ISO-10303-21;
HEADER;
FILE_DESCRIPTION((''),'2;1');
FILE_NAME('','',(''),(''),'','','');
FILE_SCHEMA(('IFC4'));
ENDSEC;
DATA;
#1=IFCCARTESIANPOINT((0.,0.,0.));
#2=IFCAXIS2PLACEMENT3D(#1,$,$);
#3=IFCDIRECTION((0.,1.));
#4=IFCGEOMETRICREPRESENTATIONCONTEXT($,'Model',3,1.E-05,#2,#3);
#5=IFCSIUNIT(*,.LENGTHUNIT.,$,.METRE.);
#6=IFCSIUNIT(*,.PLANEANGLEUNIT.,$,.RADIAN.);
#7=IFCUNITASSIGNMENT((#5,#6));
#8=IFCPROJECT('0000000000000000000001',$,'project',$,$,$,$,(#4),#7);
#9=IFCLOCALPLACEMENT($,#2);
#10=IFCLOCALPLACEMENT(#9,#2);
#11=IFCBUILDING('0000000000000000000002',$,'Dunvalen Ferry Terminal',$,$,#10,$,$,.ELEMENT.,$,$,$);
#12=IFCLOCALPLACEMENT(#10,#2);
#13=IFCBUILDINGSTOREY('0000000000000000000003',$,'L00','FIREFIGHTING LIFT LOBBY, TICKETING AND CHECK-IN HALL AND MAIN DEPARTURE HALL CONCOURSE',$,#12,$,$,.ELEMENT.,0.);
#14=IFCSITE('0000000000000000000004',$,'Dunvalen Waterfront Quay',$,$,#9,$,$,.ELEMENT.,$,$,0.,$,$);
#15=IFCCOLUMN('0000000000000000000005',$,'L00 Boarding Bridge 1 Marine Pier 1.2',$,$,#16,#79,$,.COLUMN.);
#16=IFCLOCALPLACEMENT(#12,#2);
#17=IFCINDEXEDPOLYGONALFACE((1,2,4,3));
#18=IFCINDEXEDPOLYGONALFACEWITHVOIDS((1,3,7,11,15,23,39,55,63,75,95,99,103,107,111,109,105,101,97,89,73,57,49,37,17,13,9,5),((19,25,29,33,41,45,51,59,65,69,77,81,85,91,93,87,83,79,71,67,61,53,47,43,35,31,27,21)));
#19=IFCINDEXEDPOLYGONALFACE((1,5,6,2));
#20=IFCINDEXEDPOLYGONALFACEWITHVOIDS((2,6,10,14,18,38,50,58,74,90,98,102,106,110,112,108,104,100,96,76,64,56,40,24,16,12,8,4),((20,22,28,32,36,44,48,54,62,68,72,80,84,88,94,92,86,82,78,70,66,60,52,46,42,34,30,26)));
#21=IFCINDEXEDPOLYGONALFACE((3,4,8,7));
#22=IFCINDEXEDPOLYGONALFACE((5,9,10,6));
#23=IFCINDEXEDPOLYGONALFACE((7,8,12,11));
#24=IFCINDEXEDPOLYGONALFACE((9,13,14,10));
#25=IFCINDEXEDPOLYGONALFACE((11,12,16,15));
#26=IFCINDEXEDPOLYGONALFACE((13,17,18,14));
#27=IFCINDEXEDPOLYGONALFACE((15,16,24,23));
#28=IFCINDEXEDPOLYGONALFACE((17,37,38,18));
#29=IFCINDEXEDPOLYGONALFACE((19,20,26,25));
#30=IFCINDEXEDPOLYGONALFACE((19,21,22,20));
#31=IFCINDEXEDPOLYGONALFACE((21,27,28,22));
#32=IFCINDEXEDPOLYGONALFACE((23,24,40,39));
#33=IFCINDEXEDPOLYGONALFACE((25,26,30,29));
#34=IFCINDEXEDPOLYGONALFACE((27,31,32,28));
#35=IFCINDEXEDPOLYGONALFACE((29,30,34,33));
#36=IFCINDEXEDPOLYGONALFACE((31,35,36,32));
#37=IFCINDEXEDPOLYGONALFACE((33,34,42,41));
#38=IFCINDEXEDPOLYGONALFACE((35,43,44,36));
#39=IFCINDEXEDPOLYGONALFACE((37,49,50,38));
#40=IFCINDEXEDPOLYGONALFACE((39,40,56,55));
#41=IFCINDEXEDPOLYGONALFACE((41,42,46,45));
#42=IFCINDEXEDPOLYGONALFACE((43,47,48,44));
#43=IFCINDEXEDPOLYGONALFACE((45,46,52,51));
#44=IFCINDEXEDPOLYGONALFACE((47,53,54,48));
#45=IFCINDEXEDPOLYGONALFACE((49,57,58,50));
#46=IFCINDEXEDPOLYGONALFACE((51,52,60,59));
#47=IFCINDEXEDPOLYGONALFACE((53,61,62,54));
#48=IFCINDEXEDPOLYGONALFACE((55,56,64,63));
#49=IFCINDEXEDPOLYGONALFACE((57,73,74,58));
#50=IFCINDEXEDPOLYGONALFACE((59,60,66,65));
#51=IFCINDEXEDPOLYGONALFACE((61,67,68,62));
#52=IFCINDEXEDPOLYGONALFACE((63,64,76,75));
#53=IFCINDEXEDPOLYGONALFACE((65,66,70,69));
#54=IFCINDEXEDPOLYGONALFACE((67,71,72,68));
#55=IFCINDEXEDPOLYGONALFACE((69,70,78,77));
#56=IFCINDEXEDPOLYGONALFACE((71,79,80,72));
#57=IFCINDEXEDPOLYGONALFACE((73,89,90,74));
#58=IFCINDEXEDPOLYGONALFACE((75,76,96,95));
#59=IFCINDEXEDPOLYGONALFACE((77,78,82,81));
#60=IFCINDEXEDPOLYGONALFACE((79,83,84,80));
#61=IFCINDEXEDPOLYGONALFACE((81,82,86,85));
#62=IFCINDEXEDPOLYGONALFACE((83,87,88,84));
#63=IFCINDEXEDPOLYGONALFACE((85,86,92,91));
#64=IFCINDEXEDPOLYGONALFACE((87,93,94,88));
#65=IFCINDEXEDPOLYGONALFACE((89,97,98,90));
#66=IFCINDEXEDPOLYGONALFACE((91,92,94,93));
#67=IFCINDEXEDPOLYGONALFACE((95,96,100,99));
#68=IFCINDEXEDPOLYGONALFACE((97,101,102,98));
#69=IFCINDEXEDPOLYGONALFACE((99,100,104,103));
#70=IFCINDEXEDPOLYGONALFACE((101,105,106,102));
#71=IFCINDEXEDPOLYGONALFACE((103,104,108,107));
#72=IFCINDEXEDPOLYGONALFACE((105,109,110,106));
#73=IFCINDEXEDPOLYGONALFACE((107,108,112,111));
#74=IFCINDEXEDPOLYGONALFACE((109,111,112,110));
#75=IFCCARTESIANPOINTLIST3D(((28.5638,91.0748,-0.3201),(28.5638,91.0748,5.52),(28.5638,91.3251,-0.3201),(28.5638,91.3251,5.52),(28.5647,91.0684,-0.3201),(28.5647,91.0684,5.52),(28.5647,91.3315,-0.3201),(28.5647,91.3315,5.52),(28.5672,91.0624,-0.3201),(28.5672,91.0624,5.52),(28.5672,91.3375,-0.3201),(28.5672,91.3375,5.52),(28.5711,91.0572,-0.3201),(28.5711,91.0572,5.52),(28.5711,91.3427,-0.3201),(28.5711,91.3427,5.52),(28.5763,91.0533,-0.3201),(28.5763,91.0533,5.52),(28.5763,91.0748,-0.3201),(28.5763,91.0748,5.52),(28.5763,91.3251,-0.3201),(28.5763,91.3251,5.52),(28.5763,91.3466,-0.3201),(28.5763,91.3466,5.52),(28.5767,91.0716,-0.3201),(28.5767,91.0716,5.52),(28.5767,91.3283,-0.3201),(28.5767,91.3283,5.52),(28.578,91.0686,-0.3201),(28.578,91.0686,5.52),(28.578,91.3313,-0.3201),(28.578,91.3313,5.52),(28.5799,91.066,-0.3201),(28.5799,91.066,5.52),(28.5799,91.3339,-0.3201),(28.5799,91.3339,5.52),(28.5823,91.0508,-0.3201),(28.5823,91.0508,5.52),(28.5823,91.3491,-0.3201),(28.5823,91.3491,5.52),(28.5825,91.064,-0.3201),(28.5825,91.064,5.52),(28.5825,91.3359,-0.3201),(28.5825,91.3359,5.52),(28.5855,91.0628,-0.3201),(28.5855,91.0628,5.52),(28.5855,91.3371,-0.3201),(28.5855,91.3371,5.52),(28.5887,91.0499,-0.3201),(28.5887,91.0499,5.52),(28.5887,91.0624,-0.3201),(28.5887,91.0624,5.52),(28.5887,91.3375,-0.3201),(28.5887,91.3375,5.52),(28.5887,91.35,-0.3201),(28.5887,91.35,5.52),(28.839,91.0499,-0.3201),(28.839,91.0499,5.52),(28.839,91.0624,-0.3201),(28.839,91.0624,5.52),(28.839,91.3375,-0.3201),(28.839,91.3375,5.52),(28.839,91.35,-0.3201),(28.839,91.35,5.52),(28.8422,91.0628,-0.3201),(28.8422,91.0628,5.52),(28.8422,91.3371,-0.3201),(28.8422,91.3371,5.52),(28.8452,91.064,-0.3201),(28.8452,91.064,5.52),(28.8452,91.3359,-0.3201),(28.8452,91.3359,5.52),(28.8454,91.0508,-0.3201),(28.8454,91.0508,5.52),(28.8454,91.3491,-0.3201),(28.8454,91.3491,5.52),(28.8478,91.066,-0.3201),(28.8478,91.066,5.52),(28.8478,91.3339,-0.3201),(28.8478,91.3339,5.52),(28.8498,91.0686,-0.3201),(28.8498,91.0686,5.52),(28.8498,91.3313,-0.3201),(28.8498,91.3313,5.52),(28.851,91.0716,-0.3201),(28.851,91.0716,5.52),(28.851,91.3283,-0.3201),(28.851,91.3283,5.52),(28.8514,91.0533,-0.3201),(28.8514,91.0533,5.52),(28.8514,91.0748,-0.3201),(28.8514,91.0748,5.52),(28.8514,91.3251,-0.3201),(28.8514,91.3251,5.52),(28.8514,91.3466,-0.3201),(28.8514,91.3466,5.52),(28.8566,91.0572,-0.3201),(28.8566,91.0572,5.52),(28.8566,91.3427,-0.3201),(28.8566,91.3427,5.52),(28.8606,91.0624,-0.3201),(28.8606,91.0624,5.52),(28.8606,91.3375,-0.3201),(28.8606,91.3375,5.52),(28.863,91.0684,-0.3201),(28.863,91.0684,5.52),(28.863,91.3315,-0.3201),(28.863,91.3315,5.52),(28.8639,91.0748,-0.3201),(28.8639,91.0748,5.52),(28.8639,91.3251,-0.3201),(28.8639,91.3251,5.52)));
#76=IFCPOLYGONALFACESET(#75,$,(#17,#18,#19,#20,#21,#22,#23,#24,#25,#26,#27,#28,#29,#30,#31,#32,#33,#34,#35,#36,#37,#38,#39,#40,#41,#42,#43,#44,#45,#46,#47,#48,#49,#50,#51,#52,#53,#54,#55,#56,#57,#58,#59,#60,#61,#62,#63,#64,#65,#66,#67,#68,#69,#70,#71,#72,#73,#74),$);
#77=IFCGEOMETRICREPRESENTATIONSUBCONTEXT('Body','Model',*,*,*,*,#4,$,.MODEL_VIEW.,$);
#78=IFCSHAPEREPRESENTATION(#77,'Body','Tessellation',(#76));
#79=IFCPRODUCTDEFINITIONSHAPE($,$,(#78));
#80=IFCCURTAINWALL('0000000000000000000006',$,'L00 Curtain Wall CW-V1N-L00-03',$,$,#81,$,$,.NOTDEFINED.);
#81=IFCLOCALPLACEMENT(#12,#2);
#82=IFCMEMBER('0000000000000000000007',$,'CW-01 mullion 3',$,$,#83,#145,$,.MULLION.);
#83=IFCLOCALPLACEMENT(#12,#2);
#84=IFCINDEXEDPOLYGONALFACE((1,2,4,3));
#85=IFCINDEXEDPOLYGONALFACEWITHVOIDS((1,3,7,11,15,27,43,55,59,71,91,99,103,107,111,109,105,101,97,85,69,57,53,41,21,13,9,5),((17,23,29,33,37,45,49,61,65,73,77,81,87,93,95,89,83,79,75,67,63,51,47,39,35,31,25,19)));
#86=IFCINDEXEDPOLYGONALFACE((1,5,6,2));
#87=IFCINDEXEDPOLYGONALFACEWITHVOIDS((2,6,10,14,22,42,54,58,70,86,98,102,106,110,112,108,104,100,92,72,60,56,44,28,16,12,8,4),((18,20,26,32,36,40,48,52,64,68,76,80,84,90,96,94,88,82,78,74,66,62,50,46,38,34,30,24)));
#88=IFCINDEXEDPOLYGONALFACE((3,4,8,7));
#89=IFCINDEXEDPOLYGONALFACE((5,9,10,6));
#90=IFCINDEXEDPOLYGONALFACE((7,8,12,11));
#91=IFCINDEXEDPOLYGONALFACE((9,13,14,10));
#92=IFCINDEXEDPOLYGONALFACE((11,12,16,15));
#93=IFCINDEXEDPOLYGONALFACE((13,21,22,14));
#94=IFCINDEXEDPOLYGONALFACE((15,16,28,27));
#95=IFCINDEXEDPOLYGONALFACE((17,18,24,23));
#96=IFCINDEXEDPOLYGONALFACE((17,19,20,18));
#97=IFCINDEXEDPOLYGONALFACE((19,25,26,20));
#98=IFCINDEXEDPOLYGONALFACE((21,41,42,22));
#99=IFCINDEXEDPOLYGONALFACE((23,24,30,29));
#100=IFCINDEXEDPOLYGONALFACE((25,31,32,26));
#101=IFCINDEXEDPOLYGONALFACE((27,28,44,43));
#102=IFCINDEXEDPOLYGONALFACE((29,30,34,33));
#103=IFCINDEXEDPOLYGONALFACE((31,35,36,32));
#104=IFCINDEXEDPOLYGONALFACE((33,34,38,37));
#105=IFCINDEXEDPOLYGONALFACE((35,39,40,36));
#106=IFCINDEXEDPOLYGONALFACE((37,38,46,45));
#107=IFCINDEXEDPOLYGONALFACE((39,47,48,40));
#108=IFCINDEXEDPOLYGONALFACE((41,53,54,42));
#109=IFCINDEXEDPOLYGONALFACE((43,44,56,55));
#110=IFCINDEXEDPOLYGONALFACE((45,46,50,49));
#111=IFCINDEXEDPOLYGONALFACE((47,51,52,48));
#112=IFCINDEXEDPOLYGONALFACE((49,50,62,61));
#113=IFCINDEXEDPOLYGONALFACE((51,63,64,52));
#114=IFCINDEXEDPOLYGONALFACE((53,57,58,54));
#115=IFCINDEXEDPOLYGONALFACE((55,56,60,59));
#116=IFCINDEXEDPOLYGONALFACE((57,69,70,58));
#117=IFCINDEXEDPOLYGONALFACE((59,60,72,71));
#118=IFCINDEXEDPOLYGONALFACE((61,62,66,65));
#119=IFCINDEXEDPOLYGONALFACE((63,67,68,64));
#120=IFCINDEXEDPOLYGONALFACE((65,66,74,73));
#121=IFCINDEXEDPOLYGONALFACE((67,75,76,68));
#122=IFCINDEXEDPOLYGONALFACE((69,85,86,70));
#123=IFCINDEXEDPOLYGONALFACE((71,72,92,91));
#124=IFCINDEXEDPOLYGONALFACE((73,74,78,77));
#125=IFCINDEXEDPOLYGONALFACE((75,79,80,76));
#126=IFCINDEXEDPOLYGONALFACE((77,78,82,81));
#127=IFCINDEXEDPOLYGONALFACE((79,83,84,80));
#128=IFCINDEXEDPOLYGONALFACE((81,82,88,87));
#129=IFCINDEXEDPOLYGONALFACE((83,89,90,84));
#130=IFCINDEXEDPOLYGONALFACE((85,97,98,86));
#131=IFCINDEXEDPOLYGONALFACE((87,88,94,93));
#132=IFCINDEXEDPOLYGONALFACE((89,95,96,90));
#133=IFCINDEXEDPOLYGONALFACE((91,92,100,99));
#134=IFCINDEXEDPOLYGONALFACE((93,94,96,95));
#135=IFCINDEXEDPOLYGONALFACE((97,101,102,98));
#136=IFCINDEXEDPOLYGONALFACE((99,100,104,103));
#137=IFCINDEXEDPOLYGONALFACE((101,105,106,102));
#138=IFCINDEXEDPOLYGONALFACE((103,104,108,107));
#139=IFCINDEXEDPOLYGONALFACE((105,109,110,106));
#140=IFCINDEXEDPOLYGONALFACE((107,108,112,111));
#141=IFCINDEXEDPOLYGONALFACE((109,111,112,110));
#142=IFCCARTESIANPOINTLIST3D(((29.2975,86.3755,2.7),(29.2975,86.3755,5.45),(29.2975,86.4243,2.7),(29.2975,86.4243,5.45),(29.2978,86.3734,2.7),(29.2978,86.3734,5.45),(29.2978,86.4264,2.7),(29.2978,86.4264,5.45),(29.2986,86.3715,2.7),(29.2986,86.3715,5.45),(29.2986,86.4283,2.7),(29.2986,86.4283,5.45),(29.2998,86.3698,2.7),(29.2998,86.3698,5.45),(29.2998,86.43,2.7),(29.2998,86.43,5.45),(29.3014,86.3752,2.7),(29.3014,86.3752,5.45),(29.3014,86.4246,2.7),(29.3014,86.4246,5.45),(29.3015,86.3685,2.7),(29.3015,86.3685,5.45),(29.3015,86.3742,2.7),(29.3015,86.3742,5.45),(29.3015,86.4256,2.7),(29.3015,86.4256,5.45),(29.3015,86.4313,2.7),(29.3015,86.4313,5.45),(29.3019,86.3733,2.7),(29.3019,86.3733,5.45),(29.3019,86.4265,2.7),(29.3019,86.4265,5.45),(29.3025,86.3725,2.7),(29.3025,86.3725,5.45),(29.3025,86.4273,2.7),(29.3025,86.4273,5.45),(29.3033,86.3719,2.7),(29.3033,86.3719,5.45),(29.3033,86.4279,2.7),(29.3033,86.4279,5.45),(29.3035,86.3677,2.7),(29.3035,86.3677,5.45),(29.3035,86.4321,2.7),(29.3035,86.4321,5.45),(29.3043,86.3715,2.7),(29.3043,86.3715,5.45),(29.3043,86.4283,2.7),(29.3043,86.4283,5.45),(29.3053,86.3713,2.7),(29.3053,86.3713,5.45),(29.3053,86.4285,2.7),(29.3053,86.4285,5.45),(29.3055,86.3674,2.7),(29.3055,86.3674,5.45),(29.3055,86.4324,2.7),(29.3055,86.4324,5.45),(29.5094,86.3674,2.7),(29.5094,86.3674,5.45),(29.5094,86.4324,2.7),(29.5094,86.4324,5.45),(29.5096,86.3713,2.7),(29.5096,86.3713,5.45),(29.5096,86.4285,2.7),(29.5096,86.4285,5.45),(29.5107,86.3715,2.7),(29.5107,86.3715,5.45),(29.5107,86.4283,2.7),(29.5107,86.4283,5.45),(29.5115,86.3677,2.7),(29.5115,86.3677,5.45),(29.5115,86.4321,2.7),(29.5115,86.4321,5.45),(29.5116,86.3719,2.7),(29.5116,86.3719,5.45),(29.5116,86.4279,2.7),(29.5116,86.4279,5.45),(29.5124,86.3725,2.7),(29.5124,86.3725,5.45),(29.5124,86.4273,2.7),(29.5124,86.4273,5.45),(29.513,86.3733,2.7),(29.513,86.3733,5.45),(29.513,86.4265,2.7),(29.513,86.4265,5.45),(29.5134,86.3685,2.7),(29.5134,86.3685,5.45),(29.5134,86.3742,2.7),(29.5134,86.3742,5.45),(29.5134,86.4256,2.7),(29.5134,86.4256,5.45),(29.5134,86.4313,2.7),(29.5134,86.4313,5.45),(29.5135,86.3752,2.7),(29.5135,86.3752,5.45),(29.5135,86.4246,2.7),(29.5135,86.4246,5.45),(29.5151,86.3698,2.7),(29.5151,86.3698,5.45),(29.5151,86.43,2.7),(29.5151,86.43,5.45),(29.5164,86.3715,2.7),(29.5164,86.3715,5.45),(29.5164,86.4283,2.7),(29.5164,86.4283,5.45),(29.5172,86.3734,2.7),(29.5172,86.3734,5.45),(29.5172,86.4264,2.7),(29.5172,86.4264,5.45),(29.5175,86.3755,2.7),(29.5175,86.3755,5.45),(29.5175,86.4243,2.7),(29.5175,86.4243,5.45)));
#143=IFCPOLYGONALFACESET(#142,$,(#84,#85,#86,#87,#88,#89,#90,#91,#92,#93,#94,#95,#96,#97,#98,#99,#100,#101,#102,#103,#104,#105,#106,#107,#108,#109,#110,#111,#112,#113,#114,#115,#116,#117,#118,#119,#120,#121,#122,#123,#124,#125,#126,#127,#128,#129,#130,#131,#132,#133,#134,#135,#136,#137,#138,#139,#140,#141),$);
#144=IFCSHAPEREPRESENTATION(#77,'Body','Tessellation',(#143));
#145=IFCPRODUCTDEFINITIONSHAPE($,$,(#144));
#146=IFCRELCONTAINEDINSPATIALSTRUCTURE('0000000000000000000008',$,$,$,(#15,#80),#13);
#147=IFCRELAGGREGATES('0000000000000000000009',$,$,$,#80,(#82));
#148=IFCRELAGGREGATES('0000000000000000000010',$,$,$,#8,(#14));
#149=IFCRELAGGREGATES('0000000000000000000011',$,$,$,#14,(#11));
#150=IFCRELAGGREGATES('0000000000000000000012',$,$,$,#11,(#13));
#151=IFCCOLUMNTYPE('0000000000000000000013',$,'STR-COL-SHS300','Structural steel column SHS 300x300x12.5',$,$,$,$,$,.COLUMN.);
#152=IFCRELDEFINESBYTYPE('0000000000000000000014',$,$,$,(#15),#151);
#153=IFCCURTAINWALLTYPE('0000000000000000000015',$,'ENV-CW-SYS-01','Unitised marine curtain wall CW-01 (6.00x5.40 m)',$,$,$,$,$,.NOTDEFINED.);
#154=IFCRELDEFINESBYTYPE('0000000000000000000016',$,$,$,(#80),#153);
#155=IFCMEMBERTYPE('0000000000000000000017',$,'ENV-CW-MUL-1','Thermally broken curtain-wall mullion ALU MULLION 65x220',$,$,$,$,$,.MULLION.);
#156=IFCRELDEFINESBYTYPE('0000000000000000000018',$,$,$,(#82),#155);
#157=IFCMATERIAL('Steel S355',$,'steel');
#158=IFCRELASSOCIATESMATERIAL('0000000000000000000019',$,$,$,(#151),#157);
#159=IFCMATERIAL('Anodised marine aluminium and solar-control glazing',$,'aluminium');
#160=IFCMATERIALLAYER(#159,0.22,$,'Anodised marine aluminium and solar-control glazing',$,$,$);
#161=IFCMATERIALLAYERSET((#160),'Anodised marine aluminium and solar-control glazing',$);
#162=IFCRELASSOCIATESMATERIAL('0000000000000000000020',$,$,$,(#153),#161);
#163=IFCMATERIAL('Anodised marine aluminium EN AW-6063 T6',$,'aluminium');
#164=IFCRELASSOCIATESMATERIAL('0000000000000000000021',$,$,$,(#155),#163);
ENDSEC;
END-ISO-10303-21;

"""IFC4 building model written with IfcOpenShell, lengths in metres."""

from ifc_helpers import new_model, si_unit, direction, frame, origin, origin_2d, place, context, subcontext, project, spatial, hollow_rectangle, extrude, material, layer, layer_set, material_profile, profile_set, type_object, element, aggregate, save


model = new_model("IFC4")

# Units and contexts
model_context = context("Model", 3, precision=1e-05, world=origin(), true_north=direction((0.0, 1.0)))
body_context = subcontext(model_context, "Body", "Model", "MODEL_VIEW")
ifc_project = project(units=[si_unit("LENGTHUNIT", "METRE"), si_unit("PLANEANGLEUNIT", "RADIAN")], contexts=[model_context])

# Site, building, storey
site_placement = place(None, origin())
site = spatial("IfcSite", under=ifc_project, at=site_placement, Name="Dunvalen Waterfront Quay", CompositionType="ELEMENT", RefElevation=0.0)
building_placement = place(site_placement, origin())
building = spatial("IfcBuilding", under=site, at=building_placement, Name="Dunvalen Ferry Terminal", CompositionType="ELEMENT")
storey_placement = place(building_placement, origin())
storey = spatial("IfcBuildingStorey", under=building, at=storey_placement, Name="L00", Description="FIREFIGHTING LIFT LOBBY, TICKETING AND CHECK-IN HALL AND MAIN DEPARTURE HALL CONCOURSE", CompositionType="ELEMENT", Elevation=0.0)

# Column
ifc_material_1 = material(Name="Steel S355", Category="steel")
ifc_material_profile_1 = material_profile(ifc_material_1, hollow_rectangle(XDim=0.3, YDim=0.3, WallThickness=0.0125, InnerFilletRadius=0.0125, OuterFilletRadius=0.0249, at=origin_2d()), Name="Steel S355")
ifc_profile_set_1 = profile_set([ifc_material_profile_1], Name="Steel S355")
column_type_1 = type_object("IfcColumnType", Name="STR-COL-SHS300", Description="Structural steel column SHS 300x300x12.5", PredefinedType="COLUMN", material=ifc_profile_set_1)
column_1_placement = place(storey_placement, frame((28.7139, 91.2, -0.3201), z_axis=(0.0, 0.0, 1.0), x_axis=(1.0, 0.0, 0.0)))
element("IfcColumn", 1, at=column_1_placement, inside=storey, type_object=column_type_1, Name="L00 Boarding Bridge 1 Marine Pier 1.2", PredefinedType="COLUMN", context=body_context, shape_type="SweptSolid", body=[
    extrude(hollow_rectangle(XDim=0.3, YDim=0.3, WallThickness=0.0125, InnerFilletRadius=0.0125, OuterFilletRadius=0.0249, at=origin_2d()), origin(), (0.0, 0.0, 1.0), 5.8401),
])

# Curtain wall, member
ifc_material_2 = material(Name="Anodised marine aluminium and solar-control glazing", Category="aluminium")
ifc_layer_1 = layer(ifc_material_2, 0.22, Name="Anodised marine aluminium and solar-control glazing")
ifc_layer_set_1 = layer_set([ifc_layer_1], Name="Anodised marine aluminium and solar-control glazing")
curtain_wall_type = type_object("IfcCurtainWallType", Name="ENV-CW-SYS-01", Description="Unitised marine curtain wall CW-01 (6.00x5.40 m)", PredefinedType="NOTDEFINED", material=ifc_layer_set_1)
curtain_wall_1_placement = place(storey_placement, origin())
curtain_wall_1 = element("IfcCurtainWall", 2, at=curtain_wall_1_placement, inside=storey, type_object=curtain_wall_type, Name="L00 Curtain Wall CW-V1N-L00-03", PredefinedType="NOTDEFINED")
ifc_material_3 = material(Name="Anodised marine aluminium EN AW-6063 T6", Category="aluminium")
ifc_material_profile_2 = material_profile(ifc_material_3, hollow_rectangle(XDim=0.0649, YDim=0.22, WallThickness=0.0039, InnerFilletRadius=0.0039, OuterFilletRadius=0.0081, at=origin_2d()), Name="Anodised marine aluminium EN AW-6063 T6")
ifc_profile_set_2 = profile_set([ifc_material_profile_2], Name="Anodised marine aluminium EN AW-6063 T6")
member_type_1 = type_object("IfcMemberType", Name="ENV-CW-MUL-1", Description="Thermally broken curtain-wall mullion ALU MULLION 65x220", PredefinedType="MULLION", material=ifc_profile_set_2)
member_1_placement = place(storey_placement, frame((29.4075, 86.3999, 2.7), z_axis=(0.0, 0.0, 1.0), x_axis=(0.0, 1.0, 0.0)))
member_1 = element("IfcMember", 3, at=member_1_placement, type_object=member_type_1, Name="CW-01 mullion 3", PredefinedType="MULLION", context=body_context, shape_type="SweptSolid", body=[
    extrude(hollow_rectangle(XDim=0.0649, YDim=0.22, WallThickness=0.0039, InnerFilletRadius=0.0039, OuterFilletRadius=0.0081, at=origin_2d()), origin(), (0.0, 0.0, 1.0), 2.75),
])

aggregate(curtain_wall_1, [member_1])

save(model, "model.ifc")
